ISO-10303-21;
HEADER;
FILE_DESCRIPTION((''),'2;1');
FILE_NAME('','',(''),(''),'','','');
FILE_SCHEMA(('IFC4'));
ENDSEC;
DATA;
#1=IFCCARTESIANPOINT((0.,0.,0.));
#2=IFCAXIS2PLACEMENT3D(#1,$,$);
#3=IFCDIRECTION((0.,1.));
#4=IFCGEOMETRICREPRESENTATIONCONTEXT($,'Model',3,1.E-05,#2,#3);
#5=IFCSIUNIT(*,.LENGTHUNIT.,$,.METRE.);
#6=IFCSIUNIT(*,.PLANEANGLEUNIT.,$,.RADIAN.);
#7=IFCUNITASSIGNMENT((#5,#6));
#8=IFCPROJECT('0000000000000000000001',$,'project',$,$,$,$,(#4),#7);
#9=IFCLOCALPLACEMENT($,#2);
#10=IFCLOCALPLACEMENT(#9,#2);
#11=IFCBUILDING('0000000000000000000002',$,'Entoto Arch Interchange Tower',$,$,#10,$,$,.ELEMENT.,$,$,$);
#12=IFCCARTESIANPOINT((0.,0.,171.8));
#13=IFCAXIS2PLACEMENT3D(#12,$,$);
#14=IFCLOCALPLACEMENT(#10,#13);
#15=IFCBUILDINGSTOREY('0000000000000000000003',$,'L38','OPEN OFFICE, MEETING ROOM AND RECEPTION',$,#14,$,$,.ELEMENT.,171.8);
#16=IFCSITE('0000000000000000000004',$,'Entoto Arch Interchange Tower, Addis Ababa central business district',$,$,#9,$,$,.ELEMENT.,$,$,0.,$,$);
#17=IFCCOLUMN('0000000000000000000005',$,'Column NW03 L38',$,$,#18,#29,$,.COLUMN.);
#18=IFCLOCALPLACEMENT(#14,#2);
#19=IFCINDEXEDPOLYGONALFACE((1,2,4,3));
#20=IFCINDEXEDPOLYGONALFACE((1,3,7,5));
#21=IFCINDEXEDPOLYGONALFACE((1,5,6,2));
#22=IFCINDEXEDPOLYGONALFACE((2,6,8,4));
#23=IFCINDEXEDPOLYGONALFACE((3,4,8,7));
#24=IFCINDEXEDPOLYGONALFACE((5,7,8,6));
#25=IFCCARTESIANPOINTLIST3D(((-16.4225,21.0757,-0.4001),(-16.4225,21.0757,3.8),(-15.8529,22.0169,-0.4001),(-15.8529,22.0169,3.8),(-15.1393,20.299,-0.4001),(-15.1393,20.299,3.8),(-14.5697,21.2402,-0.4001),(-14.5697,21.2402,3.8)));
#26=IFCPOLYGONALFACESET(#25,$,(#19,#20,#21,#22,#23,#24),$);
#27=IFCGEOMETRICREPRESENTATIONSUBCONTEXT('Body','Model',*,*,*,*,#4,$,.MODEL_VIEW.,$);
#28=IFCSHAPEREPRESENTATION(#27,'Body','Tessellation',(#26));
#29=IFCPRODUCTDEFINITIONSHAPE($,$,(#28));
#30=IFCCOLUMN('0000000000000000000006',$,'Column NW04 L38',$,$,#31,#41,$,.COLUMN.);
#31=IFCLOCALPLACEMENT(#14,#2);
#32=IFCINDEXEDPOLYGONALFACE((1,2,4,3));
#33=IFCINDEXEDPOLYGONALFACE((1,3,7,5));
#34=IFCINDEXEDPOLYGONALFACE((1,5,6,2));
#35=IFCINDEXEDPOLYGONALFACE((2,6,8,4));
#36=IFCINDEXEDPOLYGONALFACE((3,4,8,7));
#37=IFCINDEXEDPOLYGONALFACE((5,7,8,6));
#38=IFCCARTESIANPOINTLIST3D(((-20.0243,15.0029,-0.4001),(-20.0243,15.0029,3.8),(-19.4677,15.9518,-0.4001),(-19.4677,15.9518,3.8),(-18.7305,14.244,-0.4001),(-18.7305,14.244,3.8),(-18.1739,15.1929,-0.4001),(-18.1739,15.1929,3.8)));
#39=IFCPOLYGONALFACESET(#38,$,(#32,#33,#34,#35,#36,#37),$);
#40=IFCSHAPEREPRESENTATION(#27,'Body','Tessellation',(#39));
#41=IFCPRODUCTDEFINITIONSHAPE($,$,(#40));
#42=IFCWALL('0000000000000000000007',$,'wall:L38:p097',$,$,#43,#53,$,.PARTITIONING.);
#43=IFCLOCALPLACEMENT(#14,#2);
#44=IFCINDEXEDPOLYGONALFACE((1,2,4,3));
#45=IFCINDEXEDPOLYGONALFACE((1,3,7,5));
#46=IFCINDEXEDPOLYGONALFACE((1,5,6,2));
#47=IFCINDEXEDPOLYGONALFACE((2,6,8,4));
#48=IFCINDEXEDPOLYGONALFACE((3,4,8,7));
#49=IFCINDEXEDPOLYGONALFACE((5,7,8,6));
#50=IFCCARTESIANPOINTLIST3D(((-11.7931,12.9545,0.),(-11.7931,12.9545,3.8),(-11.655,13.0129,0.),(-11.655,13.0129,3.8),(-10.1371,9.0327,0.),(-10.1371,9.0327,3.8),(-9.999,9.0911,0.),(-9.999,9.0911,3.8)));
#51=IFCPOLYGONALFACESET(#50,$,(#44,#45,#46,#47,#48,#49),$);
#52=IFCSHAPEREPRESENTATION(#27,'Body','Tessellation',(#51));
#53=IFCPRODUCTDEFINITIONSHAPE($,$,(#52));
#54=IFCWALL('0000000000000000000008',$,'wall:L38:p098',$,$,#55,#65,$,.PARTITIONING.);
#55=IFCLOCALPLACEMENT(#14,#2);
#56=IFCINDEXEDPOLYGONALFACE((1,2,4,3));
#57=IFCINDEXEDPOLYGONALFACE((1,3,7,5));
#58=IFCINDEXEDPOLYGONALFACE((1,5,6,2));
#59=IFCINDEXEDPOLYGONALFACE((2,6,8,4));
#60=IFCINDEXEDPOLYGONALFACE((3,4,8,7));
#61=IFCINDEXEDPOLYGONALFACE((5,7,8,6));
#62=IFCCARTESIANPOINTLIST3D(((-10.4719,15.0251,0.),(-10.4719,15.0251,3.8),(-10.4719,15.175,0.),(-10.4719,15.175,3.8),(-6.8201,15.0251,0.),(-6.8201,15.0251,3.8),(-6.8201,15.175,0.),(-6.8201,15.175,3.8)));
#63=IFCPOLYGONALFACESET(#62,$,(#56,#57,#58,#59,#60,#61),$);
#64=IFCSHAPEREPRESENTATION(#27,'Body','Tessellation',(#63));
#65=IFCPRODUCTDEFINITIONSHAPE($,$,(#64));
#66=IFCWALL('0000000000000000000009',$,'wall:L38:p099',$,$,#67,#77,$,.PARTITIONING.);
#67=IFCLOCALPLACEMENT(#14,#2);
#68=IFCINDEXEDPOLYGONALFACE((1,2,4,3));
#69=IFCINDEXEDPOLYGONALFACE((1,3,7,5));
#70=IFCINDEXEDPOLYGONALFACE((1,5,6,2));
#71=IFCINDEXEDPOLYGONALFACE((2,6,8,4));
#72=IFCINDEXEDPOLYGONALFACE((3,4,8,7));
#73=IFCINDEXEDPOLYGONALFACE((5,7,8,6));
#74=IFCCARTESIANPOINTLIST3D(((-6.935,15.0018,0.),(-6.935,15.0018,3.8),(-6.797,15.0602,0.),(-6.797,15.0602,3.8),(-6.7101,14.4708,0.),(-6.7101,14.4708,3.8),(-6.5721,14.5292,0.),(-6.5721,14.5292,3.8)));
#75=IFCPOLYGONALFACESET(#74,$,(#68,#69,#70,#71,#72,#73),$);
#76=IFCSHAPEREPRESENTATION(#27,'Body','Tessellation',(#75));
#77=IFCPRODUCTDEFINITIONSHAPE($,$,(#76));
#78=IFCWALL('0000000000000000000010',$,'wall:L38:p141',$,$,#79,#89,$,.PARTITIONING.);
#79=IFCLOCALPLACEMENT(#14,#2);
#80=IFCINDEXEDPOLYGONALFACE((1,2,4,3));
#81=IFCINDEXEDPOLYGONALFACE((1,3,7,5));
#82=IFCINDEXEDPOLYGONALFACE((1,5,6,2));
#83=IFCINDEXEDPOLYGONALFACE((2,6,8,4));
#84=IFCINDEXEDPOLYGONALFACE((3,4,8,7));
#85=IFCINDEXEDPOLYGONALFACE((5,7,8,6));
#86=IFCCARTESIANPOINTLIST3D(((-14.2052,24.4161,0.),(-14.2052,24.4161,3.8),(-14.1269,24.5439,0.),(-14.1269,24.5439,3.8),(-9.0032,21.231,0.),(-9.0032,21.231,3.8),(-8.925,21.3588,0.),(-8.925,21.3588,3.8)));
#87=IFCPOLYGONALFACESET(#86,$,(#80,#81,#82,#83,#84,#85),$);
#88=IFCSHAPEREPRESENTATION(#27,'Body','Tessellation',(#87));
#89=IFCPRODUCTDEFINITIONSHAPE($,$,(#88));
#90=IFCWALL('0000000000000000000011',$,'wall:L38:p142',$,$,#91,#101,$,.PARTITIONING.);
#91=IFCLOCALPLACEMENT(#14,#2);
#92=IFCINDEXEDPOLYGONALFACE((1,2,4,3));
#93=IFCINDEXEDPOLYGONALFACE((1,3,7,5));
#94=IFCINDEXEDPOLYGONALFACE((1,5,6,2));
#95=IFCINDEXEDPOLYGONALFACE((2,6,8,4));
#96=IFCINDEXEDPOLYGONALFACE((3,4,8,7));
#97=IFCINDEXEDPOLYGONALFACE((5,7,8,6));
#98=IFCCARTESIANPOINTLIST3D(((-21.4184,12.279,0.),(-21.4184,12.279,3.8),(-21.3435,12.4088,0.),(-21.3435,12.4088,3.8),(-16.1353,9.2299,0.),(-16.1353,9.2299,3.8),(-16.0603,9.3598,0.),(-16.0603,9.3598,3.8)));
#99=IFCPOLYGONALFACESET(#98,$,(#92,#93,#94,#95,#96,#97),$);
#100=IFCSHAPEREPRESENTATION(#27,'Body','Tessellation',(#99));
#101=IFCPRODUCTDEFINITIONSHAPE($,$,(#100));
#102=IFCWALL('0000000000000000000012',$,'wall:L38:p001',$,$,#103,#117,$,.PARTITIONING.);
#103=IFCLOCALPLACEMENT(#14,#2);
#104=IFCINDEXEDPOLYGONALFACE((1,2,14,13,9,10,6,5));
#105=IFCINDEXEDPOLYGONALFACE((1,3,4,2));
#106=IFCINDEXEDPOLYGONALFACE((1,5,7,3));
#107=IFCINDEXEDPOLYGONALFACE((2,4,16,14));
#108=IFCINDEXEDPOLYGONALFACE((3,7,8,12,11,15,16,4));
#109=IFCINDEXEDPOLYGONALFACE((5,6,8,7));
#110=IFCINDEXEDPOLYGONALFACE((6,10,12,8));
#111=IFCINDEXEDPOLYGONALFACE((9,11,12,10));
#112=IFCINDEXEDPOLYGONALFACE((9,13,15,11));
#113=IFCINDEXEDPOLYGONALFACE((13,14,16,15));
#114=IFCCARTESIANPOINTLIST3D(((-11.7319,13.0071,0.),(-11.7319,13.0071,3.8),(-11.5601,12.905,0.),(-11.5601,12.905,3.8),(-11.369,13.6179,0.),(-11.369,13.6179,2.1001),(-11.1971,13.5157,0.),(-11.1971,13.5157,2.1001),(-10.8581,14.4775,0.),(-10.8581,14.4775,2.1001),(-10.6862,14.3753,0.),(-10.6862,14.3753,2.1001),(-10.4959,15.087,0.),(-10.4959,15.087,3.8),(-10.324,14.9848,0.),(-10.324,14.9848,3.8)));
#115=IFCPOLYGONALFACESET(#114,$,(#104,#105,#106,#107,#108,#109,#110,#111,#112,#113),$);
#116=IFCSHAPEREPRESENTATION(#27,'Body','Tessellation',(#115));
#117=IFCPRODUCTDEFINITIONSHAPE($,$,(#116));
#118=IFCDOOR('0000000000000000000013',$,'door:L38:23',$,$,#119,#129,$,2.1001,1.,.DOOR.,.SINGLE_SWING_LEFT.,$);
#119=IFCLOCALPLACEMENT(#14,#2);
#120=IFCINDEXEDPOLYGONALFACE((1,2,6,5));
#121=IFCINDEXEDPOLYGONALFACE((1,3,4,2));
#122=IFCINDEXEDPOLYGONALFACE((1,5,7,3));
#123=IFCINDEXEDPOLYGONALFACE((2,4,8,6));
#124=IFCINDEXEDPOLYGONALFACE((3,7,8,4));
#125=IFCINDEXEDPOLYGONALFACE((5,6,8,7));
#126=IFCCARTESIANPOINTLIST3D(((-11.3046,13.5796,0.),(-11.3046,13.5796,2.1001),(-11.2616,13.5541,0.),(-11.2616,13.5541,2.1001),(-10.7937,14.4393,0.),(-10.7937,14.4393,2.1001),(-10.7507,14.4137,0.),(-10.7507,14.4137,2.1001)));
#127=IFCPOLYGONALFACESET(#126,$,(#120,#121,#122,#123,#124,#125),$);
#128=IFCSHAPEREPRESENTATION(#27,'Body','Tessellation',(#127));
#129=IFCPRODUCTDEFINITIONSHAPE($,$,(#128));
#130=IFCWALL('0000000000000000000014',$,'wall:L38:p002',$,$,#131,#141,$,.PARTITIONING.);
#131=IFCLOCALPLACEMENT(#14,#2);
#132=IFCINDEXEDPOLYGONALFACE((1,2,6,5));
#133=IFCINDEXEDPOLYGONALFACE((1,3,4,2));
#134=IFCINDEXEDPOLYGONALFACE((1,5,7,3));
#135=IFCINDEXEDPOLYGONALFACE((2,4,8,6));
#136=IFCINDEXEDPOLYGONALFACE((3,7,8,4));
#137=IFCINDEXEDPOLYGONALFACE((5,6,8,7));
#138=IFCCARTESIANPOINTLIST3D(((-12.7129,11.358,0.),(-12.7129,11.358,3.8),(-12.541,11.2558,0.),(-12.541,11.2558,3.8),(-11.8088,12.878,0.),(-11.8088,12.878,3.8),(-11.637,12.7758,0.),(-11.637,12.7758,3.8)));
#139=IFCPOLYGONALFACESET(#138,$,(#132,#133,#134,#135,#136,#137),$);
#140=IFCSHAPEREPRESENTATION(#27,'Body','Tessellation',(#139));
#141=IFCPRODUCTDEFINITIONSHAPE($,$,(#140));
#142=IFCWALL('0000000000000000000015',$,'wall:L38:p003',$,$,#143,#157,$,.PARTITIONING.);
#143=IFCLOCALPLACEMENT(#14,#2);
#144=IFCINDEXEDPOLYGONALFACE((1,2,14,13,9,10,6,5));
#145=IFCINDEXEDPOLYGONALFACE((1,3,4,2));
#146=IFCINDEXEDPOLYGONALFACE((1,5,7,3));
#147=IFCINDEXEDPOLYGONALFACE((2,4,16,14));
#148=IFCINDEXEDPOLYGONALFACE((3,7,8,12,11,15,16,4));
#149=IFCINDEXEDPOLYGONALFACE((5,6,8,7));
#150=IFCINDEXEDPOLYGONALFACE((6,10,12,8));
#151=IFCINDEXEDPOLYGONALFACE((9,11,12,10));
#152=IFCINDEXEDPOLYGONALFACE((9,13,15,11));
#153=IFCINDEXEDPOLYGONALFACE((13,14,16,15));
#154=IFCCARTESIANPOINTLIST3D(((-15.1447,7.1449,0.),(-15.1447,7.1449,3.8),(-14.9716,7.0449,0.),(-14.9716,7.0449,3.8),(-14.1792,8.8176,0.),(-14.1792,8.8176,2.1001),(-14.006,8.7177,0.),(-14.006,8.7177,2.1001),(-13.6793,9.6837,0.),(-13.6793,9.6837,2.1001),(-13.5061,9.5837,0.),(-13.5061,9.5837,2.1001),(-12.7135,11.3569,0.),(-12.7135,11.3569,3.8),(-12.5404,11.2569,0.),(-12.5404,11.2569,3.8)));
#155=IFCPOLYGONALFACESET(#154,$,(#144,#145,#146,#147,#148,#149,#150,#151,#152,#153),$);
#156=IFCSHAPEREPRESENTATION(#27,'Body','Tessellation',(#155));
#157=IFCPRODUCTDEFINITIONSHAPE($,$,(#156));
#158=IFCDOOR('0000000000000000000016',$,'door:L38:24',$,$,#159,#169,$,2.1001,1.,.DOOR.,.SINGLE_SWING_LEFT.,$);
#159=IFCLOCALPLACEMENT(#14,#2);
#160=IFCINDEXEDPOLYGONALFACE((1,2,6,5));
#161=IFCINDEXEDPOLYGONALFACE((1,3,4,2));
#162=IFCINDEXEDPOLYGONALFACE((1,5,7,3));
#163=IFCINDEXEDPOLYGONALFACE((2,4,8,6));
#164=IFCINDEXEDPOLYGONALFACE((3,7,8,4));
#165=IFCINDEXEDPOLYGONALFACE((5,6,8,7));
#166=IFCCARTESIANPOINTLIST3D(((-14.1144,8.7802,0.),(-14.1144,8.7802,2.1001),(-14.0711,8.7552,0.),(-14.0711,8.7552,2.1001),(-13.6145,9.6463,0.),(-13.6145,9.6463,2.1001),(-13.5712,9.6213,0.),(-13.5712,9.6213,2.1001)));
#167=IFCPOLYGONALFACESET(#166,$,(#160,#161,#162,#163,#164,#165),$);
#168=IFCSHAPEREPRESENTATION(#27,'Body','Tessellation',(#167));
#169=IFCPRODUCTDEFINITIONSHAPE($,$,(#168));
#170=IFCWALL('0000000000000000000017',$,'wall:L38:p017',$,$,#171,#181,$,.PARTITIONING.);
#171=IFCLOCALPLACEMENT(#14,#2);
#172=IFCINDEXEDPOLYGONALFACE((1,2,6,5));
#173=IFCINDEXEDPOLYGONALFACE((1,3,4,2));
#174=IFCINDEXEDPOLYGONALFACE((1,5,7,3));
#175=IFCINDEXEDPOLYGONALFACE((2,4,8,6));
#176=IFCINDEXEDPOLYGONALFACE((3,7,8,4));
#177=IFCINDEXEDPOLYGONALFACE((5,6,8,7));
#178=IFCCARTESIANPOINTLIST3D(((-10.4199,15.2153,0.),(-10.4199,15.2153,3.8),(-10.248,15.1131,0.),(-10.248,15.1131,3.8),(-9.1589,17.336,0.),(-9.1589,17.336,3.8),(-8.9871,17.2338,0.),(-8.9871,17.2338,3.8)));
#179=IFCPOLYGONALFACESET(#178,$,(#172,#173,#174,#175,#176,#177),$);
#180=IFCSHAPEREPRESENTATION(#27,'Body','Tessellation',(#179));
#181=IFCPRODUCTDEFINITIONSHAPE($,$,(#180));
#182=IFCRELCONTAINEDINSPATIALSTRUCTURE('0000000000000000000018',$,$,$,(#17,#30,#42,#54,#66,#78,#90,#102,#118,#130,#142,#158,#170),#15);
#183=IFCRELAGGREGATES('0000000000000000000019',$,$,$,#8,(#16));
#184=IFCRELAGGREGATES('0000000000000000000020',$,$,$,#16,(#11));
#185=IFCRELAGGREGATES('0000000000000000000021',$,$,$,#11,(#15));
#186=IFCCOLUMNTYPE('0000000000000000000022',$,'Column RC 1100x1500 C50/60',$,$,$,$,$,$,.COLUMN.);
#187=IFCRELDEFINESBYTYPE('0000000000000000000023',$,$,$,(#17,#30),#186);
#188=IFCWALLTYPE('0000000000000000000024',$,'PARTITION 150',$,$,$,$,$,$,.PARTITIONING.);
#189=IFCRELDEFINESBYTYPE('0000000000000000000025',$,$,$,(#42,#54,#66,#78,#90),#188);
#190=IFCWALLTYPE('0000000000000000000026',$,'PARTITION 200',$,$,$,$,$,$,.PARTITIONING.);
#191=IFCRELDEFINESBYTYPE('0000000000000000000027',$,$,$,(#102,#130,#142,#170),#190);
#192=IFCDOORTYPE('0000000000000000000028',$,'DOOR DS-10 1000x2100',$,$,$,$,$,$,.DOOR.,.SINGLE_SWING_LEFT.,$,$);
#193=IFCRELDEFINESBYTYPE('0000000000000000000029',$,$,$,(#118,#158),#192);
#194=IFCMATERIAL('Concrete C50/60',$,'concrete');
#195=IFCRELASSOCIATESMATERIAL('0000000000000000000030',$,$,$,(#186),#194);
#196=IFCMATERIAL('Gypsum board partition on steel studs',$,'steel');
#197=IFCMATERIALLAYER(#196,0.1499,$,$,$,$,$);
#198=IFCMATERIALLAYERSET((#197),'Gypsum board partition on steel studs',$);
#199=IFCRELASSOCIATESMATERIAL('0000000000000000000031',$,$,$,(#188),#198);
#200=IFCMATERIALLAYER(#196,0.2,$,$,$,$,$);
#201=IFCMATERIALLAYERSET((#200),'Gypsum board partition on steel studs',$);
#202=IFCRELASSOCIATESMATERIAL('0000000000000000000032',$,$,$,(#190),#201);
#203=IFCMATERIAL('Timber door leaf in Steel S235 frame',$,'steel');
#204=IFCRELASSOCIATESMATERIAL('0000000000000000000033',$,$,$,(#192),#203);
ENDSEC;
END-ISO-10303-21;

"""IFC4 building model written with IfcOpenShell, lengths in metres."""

from ifc_helpers import new_model, si_unit, direction, frame, frame_2d, origin, origin_2d, place, context, subcontext, project, spatial, rectangle, extrude, material, layer, layer_set, material_profile, profile_set, type_object, element, fill, save


model = new_model("IFC4")

# Units and contexts
model_context = context("Model", 3, precision=1e-05, world=origin(), true_north=direction((0.0, 1.0)))
body_context = subcontext(model_context, "Body", "Model", "MODEL_VIEW")
ifc_project = project(units=[si_unit("LENGTHUNIT", "METRE"), si_unit("PLANEANGLEUNIT", "RADIAN")], contexts=[model_context])

# Site, building, storey
site_placement = place(None, origin())
site = spatial("IfcSite", under=ifc_project, at=site_placement, Name="Entoto Arch Interchange Tower, Addis Ababa central business district", CompositionType="ELEMENT", RefElevation=0.0)
building_placement = place(site_placement, origin())
building = spatial("IfcBuilding", under=site, at=building_placement, Name="Entoto Arch Interchange Tower", CompositionType="ELEMENT")
storey_placement = place(building_placement, frame((0.0, 0.0, 171.8)))
storey = spatial("IfcBuildingStorey", under=building, at=storey_placement, Name="L38", Description="OPEN OFFICE, MEETING ROOM AND RECEPTION", CompositionType="ELEMENT", Elevation=171.8)

# Columns
ifc_material_1 = material(Name="Concrete C50/60", Category="concrete")
ifc_material_profile = material_profile(ifc_material_1, rectangle(XDim=1.1001, YDim=1.5, at=origin_2d()))
ifc_profile_set = profile_set([ifc_material_profile], Name="Concrete C50/60")
column_type = type_object("IfcColumnType", Name="Column RC 1100x1500 C50/60", PredefinedType="COLUMN", material=ifc_profile_set)
for number, where, z_axis, x_axis, name in (
    (1, (-15.4961, 21.158, -0.4001), (0.0, 0.0, 1.0), (0.517803, 0.8555, 0.0), "Column NW03 L38"),
    (2, (-19.0991, 15.0979, -0.4001), (0.0, 0.0, 1.0), (0.505958, 0.862558, 0.0), "Column NW04 L38"),
):
    element("IfcColumn", number, at=place(storey_placement, frame(where, z_axis=z_axis, x_axis=x_axis)), inside=storey, type_object=column_type, Name=name, PredefinedType="COLUMN", context=body_context, shape_type="SweptSolid", body=[
        extrude(rectangle(XDim=1.1001, YDim=1.5, at=origin_2d()), origin(), (0.0, 0.0, 1.0), 4.2002),
    ])

# Walls
ifc_material_2 = material(Name="Gypsum board partition on steel studs", Category="steel")
ifc_layer_1 = layer(ifc_material_2, 0.1499)
ifc_layer_set_1 = layer_set([ifc_layer_1], Name="Gypsum board partition on steel studs")
wall_type_1 = type_object("IfcWallType", Name="PARTITION 150", PredefinedType="PARTITIONING", material=ifc_layer_set_1)
wall_1_placement = place(storey_placement, frame((-10.0681, 9.062, 0.0), z_axis=(0.0, 0.0, 1.0), x_axis=(-0.388993, 0.921241, 0.0)))
element("IfcWall", 3, at=wall_1_placement, inside=storey, type_object=wall_type_1, Name="wall:L38:p097", PredefinedType="PARTITIONING", context=body_context, shape_type="SweptSolid", body=[
    extrude(rectangle(XDim=4.2571, YDim=0.1499, at=frame_2d((2.1284, 0.0))), origin(), (0.0, 0.0, 1.0), 3.8),
])
wall_2_placement = place(storey_placement, frame((-6.8201, 15.1001, 0.0), z_axis=(0.0, 0.0, 1.0), x_axis=(-1.0, 0.0, 0.0)))
element("IfcWall", 4, at=wall_2_placement, inside=storey, type_object=wall_type_1, Name="wall:L38:p098", PredefinedType="PARTITIONING", context=body_context, shape_type="SweptSolid", body=[
    extrude(rectangle(XDim=3.6519, YDim=0.1499, at=frame_2d((1.8259, 0.0))), origin(), (0.0, 0.0, 1.0), 3.8),
])
wall_3_placement = place(storey_placement, frame((-6.6411, 14.5, 0.0), z_axis=(0.0, 0.0, 1.0), x_axis=(-0.38993, 0.920844, 0.0)))
element("IfcWall", 5, at=wall_3_placement, inside=storey, type_object=wall_type_1, Name="wall:L38:p099", PredefinedType="PARTITIONING", context=body_context, shape_type="SweptSolid", body=[
    extrude(rectangle(XDim=0.5767, YDim=0.1499, at=frame_2d((0.2883, 0.0))), origin(), (0.0, 0.0, 1.0), 3.8),
])
wall_4_placement = place(storey_placement, frame((-8.9641, 21.2949, 0.0), z_axis=(0.0, 0.0, 1.0), x_axis=(-0.852835, 0.52218, 0.0)))
element("IfcWall", 6, at=wall_4_placement, inside=storey, type_object=wall_type_1, Name="wall:L38:p141", PredefinedType="PARTITIONING", context=body_context, shape_type="SweptSolid", body=[
    extrude(rectangle(XDim=6.0996, YDim=0.1499, at=frame_2d((3.0498, 0.0))), origin(), (0.0, 0.0, 1.0), 3.8),
])
wall_5_placement = place(storey_placement, frame((-16.0979, 9.2949, 0.0), z_axis=(0.0, 0.0, 1.0), x_axis=(-0.86611, 0.499854, 0.0)))
element("IfcWall", 7, at=wall_5_placement, inside=storey, type_object=wall_type_1, Name="wall:L38:p142", PredefinedType="PARTITIONING", context=body_context, shape_type="SweptSolid", body=[
    extrude(rectangle(XDim=6.0999, YDim=0.1499, at=frame_2d((3.0498, 0.0))), origin(), (0.0, 0.0, 1.0), 3.8),
])

# Wall, opening, door
ifc_layer_2 = layer(ifc_material_2, 0.2)
ifc_layer_set_2 = layer_set([ifc_layer_2], Name="Gypsum board partition on steel studs")
wall_type_2 = type_object("IfcWallType", Name="PARTITION 200", PredefinedType="PARTITIONING", material=ifc_layer_set_2)
wall_6_placement = place(storey_placement, frame((-10.4099, 15.0359, 0.0), z_axis=(0.0, 0.0, 1.0), x_axis=(-0.5109, -0.85964, 0.0)))
wall_6 = element("IfcWall", 8, at=wall_6_placement, inside=storey, type_object=wall_type_2, Name="wall:L38:p001", PredefinedType="PARTITIONING", context=body_context, shape_type="SweptSolid", body=[
    extrude(rectangle(XDim=2.4194, YDim=0.2, at=frame_2d((1.2097, 0.0))), origin(), (0.0, 0.0, 1.0), 3.8),
])
opening_1_placement = place(wall_6_placement, frame((0.709, 0.0, 0.0)))
opening_1 = element("IfcOpeningElement", 9, at=opening_1_placement, cuts=wall_6, PredefinedType="OPENING", context=body_context, shape_type="SweptSolid", body=[
    extrude(rectangle(XDim=1.0, YDim=2.1001, at=frame_2d((0.5, 1.05))), frame((0.0, 0.1099, 0.0), z_axis=(0.0, -1.0, 0.0), x_axis=(1.0, 0.0, 0.0)), (0.0, 0.0, 1.0), 0.22),
])
ifc_material_3 = material(Name="Timber door leaf in Steel S235 frame", Category="steel")
door_type_1 = type_object("IfcDoorType", Name="DOOR DS-10 1000x2100", OperationType="SINGLE_SWING_LEFT", PredefinedType="DOOR", material=ifc_material_3)
door_1_placement = place(opening_1_placement, origin())
door_1 = element("IfcDoor", 10, at=door_1_placement, inside=storey, type_object=door_type_1, Name="door:L38:23", OperationType="SINGLE_SWING_LEFT", OverallHeight=2.1001, OverallWidth=1.0, PredefinedType="DOOR", context=body_context, shape_type="SweptSolid", body=[
    extrude(rectangle(XDim=1.0, YDim=2.1001, at=frame_2d((0.5, 1.05))), frame((0.0, 0.0249, 0.0), z_axis=(0.0, -1.0, 0.0), x_axis=(1.0, 0.0, 0.0)), (0.0, 0.0, 1.0), 0.05),
])
fill(opening_1, door_1)

# Wall
wall_7_placement = place(storey_placement, frame((-11.7229, 12.8269, 0.0), z_axis=(0.0, 0.0, 1.0), x_axis=(-0.511183, -0.859472, 0.0)))
element("IfcWall", 11, at=wall_7_placement, inside=storey, type_object=wall_type_2, Name="wall:L38:p002", PredefinedType="PARTITIONING", context=body_context, shape_type="SweptSolid", body=[
    extrude(rectangle(XDim=1.7686, YDim=0.2, at=frame_2d((0.8843, 0.0))), origin(), (0.0, 0.0, 1.0), 3.8),
])

# Wall, opening, door
wall_8_placement = place(storey_placement, frame((-12.627, 11.3069, 0.0), z_axis=(0.0, 0.0, 1.0), x_axis=(-0.499908, -0.866079, 0.0)))
wall_8 = element("IfcWall", 12, at=wall_8_placement, inside=storey, type_object=wall_type_2, Name="wall:L38:p003", PredefinedType="PARTITIONING", context=body_context, shape_type="SweptSolid", body=[
    extrude(rectangle(XDim=4.8633, YDim=0.2, at=frame_2d((2.4316, 0.0))), origin(), (0.0, 0.0, 1.0), 3.8),
])
opening_2_placement = place(wall_8_placement, frame((1.9319, 0.0, 0.0)))
opening_2 = element("IfcOpeningElement", 13, at=opening_2_placement, cuts=wall_8, PredefinedType="OPENING", context=body_context, shape_type="SweptSolid", body=[
    extrude(rectangle(XDim=1.0, YDim=2.1001, at=frame_2d((0.5, 1.05))), frame((0.0, 0.1099, 0.0), z_axis=(0.0, -1.0, 0.0), x_axis=(1.0, 0.0, 0.0)), (0.0, 0.0, 1.0), 0.22),
])
door_2_placement = place(opening_2_placement, origin())
door_2 = element("IfcDoor", 14, at=door_2_placement, inside=storey, type_object=door_type_1, Name="door:L38:24", OperationType="SINGLE_SWING_LEFT", OverallHeight=2.1001, OverallWidth=1.0, PredefinedType="DOOR", context=body_context, shape_type="SweptSolid", body=[
    extrude(rectangle(XDim=1.0, YDim=2.1001, at=frame_2d((0.5, 1.05))), frame((0.0, 0.0249, 0.0), z_axis=(0.0, -1.0, 0.0), x_axis=(1.0, 0.0, 0.0)), (0.0, 0.0, 1.0), 0.05),
])
fill(opening_2, door_2)

# Wall
wall_9_placement = place(storey_placement, frame((-9.073, 17.2849, 0.0), z_axis=(0.0, 0.0, 1.0), x_axis=(-0.511058, -0.859546, 0.0)))
element("IfcWall", 15, at=wall_9_placement, inside=storey, type_object=wall_type_2, Name="wall:L38:p017", PredefinedType="PARTITIONING", context=body_context, shape_type="SweptSolid", body=[
    extrude(rectangle(XDim=2.4673, YDim=0.2, at=frame_2d((1.2336, 0.0))), origin(), (0.0, 0.0, 1.0), 3.8),
])

save(model, "model.ifc")
